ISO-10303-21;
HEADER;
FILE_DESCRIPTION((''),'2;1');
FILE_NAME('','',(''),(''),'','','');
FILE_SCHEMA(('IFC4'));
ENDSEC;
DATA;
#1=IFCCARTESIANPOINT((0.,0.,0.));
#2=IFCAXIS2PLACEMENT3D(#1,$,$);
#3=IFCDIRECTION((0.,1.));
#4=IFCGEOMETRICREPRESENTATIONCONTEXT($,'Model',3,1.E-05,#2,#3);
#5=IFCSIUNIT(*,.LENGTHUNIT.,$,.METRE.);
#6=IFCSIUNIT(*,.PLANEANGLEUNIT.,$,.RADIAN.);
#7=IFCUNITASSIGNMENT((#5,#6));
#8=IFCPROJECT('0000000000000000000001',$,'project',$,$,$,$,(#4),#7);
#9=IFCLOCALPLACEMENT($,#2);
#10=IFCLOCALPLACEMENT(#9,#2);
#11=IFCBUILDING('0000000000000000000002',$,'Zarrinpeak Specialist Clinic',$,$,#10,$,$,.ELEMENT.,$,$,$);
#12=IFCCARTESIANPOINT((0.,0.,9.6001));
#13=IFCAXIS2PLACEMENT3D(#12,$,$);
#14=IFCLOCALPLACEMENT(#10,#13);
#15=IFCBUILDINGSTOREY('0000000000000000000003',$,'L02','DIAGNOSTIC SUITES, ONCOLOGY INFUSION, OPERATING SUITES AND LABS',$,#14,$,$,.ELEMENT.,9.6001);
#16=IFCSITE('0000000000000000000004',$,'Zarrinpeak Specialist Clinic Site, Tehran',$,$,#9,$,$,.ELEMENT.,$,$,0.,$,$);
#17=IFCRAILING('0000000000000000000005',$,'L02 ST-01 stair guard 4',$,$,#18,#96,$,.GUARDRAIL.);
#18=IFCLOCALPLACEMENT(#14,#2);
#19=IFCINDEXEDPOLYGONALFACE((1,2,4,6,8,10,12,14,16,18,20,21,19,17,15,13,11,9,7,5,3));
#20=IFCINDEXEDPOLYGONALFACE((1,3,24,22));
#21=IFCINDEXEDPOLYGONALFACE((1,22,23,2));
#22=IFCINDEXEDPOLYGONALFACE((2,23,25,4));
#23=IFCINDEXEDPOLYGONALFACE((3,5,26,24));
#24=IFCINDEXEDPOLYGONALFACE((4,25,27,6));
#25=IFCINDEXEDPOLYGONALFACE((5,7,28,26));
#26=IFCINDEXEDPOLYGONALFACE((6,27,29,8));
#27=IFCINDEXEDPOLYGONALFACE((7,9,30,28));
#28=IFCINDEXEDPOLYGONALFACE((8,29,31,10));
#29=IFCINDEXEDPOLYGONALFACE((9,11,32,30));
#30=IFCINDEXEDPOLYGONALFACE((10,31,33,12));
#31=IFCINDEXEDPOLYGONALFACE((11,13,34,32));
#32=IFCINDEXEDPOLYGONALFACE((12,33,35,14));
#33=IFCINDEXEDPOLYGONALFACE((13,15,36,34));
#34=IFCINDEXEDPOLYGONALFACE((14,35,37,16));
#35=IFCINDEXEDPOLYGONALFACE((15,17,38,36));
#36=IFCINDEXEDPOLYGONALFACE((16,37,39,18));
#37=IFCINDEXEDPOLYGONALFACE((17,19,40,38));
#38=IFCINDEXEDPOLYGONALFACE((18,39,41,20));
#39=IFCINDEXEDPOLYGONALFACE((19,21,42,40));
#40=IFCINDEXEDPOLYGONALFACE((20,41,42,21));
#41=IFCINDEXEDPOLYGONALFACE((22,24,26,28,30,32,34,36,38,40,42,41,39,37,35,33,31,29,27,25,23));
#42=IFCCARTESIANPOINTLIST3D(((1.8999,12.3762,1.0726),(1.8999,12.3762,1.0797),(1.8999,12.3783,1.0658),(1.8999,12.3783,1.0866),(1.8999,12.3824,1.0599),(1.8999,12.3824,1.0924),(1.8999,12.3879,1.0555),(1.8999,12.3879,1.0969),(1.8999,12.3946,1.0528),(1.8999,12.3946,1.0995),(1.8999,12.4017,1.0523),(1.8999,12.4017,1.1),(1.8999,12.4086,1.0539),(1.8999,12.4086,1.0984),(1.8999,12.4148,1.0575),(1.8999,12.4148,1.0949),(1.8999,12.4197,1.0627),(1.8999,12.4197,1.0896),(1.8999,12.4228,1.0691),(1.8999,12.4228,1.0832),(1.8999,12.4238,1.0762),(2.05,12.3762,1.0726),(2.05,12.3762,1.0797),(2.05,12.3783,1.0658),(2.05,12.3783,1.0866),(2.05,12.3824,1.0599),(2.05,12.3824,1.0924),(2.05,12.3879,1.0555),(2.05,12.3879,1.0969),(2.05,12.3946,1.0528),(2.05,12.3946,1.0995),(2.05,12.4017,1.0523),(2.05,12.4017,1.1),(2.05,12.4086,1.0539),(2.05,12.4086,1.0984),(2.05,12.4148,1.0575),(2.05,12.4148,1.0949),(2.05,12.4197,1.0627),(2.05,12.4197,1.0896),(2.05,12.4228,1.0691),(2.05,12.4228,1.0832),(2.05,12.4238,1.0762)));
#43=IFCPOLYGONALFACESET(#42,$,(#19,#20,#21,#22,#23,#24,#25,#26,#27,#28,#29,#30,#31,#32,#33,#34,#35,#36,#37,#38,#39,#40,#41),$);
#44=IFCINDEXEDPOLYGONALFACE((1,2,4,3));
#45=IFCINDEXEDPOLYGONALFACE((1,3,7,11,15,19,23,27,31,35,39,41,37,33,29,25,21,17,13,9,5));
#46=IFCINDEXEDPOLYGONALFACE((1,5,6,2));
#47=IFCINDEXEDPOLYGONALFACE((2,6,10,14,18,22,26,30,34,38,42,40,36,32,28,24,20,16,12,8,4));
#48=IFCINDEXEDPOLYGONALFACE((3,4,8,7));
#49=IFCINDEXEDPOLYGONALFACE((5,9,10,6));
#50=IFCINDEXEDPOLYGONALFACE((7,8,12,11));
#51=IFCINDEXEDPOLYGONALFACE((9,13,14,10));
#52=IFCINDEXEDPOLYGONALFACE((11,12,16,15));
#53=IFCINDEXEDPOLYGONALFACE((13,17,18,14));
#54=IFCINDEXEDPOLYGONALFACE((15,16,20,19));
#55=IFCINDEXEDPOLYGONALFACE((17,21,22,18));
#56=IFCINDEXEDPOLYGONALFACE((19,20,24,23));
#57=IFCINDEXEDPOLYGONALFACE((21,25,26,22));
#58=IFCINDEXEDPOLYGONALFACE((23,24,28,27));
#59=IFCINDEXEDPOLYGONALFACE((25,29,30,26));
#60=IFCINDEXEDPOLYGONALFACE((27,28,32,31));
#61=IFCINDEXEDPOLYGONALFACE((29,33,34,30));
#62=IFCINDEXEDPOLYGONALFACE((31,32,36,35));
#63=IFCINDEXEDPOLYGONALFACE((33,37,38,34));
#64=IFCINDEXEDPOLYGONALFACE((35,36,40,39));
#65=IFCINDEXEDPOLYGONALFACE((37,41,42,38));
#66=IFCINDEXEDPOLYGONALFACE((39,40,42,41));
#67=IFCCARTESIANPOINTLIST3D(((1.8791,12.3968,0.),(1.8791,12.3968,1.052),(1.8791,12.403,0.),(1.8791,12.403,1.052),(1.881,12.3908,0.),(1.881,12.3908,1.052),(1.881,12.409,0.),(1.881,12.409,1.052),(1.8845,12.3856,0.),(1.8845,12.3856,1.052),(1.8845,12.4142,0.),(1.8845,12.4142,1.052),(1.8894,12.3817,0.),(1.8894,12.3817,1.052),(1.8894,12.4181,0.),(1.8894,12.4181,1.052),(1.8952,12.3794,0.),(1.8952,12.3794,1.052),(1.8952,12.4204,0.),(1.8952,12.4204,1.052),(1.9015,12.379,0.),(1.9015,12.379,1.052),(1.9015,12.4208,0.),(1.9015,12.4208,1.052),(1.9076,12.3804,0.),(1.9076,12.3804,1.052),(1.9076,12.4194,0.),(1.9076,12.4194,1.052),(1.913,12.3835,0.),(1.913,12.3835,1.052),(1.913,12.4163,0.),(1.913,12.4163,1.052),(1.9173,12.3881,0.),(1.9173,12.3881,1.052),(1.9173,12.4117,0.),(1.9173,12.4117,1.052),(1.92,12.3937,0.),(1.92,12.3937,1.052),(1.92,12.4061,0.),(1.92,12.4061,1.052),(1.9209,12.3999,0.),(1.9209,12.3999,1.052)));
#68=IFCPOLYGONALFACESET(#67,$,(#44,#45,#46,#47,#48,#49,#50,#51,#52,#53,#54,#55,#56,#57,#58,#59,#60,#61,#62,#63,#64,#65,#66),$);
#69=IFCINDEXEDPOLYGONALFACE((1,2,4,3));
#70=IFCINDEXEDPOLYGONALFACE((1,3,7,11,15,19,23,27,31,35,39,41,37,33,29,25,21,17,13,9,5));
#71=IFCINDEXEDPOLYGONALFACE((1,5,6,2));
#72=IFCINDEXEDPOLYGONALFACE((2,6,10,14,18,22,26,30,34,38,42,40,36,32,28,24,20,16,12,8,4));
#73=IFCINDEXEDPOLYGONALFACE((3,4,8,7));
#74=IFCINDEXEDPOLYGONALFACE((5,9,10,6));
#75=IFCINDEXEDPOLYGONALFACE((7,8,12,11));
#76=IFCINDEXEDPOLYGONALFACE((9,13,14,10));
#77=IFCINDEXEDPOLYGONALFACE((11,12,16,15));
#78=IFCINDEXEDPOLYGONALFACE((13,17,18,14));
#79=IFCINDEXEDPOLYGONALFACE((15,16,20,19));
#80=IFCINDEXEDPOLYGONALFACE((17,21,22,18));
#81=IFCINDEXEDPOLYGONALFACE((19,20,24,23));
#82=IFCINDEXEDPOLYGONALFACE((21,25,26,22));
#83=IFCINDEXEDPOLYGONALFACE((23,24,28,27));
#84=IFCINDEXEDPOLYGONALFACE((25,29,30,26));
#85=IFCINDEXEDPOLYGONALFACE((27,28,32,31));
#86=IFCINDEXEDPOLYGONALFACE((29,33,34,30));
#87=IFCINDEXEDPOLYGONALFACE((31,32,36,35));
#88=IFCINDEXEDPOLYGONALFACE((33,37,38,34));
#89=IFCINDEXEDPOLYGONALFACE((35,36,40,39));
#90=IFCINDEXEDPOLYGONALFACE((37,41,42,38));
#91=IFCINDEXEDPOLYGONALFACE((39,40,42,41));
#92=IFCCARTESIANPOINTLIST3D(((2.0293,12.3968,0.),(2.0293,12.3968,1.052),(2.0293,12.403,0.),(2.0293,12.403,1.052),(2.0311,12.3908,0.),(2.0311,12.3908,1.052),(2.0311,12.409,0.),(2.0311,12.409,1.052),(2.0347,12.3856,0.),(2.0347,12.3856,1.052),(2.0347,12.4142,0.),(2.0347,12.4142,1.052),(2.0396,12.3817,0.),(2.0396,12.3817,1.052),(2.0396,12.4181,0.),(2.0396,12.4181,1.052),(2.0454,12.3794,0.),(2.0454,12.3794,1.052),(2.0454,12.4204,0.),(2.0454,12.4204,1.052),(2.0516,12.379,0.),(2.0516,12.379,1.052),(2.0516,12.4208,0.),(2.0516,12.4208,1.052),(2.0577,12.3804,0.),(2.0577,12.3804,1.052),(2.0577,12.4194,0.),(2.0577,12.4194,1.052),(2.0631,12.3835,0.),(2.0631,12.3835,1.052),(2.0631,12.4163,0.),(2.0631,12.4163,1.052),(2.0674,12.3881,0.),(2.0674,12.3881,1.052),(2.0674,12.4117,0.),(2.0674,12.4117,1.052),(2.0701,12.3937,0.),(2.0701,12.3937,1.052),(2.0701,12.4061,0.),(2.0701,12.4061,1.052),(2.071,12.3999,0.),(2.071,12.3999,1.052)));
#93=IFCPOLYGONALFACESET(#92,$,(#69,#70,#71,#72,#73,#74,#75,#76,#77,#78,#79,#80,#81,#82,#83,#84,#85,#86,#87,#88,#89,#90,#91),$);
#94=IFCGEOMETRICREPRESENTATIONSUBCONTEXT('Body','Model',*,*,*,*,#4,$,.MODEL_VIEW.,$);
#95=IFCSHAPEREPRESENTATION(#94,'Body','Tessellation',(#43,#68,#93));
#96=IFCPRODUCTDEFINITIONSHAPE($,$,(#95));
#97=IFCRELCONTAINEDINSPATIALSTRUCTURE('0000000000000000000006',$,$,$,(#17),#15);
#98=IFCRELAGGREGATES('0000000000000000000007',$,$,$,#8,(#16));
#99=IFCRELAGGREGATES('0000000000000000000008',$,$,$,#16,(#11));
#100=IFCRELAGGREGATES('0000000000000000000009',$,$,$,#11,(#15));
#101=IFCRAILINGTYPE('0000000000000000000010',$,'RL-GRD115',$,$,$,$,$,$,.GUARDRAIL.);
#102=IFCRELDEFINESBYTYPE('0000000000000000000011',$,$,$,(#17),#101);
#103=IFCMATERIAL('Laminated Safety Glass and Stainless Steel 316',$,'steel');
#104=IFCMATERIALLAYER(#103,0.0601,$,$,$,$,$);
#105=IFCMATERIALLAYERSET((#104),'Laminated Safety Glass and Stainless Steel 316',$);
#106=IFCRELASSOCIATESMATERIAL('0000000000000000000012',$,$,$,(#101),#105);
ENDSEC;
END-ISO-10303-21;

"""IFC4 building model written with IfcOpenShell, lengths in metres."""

from ifc_helpers import new_model, si_unit, direction, frame, origin, origin_2d, place, context, subcontext, project, spatial, circle, extrude, material, layer, layer_set, type_object, element, save


model = new_model("IFC4")

# Units and contexts
model_context = context("Model", 3, precision=1e-05, world=origin(), true_north=direction((0.0, 1.0)))
body_context = subcontext(model_context, "Body", "Model", "MODEL_VIEW")
ifc_project = project(units=[si_unit("LENGTHUNIT", "METRE"), si_unit("PLANEANGLEUNIT", "RADIAN")], contexts=[model_context])

# Site, building, storey
site_placement = place(None, origin())
site = spatial("IfcSite", under=ifc_project, at=site_placement, Name="Zarrinpeak Specialist Clinic Site, Tehran", CompositionType="ELEMENT", RefElevation=0.0)
building_placement = place(site_placement, origin())
building = spatial("IfcBuilding", under=site, at=building_placement, Name="Zarrinpeak Specialist Clinic", CompositionType="ELEMENT")
storey_placement = place(building_placement, frame((0.0, 0.0, 9.6001)))
storey = spatial("IfcBuildingStorey", under=building, at=storey_placement, Name="L02", Description="DIAGNOSTIC SUITES, ONCOLOGY INFUSION, OPERATING SUITES AND LABS", CompositionType="ELEMENT", Elevation=9.6001)

# Railing
ifc_material_1 = material(Name="Laminated Safety Glass and Stainless Steel 316", Category="steel")
ifc_layer_1 = layer(ifc_material_1, 0.0601)
ifc_layer_set_1 = layer_set([ifc_layer_1], Name="Laminated Safety Glass and Stainless Steel 316")
railing_type_1 = type_object("IfcRailingType", Name="RL-GRD115", PredefinedType="GUARDRAIL", material=ifc_layer_set_1)
railing_1_placement = place(storey_placement, frame((1.8999, 12.3999, 0.0)))
element("IfcRailing", 1, at=railing_1_placement, inside=storey, type_object=railing_type_1, Name="L02 ST-01 stair guard 4", PredefinedType="GUARDRAIL", context=body_context, shape_type="SweptSolid", body=[
    extrude(circle(Radius=0.0239, at=origin_2d()), frame((0.0, 0.0, 1.0762), z_axis=(1.0, 0.0, 0.0), x_axis=(0.0, 1.0, 0.0)), (0.0, 0.0, 1.0), 0.1501),
    extrude(circle(Radius=0.021, at=origin_2d()), origin(), (0.0, 0.0, 1.0), 1.052),
    extrude(circle(Radius=0.021, at=origin_2d()), frame((0.1501, 0.0, 0.0)), (0.0, 0.0, 1.0), 1.052),
])

save(model, "model.ifc")
